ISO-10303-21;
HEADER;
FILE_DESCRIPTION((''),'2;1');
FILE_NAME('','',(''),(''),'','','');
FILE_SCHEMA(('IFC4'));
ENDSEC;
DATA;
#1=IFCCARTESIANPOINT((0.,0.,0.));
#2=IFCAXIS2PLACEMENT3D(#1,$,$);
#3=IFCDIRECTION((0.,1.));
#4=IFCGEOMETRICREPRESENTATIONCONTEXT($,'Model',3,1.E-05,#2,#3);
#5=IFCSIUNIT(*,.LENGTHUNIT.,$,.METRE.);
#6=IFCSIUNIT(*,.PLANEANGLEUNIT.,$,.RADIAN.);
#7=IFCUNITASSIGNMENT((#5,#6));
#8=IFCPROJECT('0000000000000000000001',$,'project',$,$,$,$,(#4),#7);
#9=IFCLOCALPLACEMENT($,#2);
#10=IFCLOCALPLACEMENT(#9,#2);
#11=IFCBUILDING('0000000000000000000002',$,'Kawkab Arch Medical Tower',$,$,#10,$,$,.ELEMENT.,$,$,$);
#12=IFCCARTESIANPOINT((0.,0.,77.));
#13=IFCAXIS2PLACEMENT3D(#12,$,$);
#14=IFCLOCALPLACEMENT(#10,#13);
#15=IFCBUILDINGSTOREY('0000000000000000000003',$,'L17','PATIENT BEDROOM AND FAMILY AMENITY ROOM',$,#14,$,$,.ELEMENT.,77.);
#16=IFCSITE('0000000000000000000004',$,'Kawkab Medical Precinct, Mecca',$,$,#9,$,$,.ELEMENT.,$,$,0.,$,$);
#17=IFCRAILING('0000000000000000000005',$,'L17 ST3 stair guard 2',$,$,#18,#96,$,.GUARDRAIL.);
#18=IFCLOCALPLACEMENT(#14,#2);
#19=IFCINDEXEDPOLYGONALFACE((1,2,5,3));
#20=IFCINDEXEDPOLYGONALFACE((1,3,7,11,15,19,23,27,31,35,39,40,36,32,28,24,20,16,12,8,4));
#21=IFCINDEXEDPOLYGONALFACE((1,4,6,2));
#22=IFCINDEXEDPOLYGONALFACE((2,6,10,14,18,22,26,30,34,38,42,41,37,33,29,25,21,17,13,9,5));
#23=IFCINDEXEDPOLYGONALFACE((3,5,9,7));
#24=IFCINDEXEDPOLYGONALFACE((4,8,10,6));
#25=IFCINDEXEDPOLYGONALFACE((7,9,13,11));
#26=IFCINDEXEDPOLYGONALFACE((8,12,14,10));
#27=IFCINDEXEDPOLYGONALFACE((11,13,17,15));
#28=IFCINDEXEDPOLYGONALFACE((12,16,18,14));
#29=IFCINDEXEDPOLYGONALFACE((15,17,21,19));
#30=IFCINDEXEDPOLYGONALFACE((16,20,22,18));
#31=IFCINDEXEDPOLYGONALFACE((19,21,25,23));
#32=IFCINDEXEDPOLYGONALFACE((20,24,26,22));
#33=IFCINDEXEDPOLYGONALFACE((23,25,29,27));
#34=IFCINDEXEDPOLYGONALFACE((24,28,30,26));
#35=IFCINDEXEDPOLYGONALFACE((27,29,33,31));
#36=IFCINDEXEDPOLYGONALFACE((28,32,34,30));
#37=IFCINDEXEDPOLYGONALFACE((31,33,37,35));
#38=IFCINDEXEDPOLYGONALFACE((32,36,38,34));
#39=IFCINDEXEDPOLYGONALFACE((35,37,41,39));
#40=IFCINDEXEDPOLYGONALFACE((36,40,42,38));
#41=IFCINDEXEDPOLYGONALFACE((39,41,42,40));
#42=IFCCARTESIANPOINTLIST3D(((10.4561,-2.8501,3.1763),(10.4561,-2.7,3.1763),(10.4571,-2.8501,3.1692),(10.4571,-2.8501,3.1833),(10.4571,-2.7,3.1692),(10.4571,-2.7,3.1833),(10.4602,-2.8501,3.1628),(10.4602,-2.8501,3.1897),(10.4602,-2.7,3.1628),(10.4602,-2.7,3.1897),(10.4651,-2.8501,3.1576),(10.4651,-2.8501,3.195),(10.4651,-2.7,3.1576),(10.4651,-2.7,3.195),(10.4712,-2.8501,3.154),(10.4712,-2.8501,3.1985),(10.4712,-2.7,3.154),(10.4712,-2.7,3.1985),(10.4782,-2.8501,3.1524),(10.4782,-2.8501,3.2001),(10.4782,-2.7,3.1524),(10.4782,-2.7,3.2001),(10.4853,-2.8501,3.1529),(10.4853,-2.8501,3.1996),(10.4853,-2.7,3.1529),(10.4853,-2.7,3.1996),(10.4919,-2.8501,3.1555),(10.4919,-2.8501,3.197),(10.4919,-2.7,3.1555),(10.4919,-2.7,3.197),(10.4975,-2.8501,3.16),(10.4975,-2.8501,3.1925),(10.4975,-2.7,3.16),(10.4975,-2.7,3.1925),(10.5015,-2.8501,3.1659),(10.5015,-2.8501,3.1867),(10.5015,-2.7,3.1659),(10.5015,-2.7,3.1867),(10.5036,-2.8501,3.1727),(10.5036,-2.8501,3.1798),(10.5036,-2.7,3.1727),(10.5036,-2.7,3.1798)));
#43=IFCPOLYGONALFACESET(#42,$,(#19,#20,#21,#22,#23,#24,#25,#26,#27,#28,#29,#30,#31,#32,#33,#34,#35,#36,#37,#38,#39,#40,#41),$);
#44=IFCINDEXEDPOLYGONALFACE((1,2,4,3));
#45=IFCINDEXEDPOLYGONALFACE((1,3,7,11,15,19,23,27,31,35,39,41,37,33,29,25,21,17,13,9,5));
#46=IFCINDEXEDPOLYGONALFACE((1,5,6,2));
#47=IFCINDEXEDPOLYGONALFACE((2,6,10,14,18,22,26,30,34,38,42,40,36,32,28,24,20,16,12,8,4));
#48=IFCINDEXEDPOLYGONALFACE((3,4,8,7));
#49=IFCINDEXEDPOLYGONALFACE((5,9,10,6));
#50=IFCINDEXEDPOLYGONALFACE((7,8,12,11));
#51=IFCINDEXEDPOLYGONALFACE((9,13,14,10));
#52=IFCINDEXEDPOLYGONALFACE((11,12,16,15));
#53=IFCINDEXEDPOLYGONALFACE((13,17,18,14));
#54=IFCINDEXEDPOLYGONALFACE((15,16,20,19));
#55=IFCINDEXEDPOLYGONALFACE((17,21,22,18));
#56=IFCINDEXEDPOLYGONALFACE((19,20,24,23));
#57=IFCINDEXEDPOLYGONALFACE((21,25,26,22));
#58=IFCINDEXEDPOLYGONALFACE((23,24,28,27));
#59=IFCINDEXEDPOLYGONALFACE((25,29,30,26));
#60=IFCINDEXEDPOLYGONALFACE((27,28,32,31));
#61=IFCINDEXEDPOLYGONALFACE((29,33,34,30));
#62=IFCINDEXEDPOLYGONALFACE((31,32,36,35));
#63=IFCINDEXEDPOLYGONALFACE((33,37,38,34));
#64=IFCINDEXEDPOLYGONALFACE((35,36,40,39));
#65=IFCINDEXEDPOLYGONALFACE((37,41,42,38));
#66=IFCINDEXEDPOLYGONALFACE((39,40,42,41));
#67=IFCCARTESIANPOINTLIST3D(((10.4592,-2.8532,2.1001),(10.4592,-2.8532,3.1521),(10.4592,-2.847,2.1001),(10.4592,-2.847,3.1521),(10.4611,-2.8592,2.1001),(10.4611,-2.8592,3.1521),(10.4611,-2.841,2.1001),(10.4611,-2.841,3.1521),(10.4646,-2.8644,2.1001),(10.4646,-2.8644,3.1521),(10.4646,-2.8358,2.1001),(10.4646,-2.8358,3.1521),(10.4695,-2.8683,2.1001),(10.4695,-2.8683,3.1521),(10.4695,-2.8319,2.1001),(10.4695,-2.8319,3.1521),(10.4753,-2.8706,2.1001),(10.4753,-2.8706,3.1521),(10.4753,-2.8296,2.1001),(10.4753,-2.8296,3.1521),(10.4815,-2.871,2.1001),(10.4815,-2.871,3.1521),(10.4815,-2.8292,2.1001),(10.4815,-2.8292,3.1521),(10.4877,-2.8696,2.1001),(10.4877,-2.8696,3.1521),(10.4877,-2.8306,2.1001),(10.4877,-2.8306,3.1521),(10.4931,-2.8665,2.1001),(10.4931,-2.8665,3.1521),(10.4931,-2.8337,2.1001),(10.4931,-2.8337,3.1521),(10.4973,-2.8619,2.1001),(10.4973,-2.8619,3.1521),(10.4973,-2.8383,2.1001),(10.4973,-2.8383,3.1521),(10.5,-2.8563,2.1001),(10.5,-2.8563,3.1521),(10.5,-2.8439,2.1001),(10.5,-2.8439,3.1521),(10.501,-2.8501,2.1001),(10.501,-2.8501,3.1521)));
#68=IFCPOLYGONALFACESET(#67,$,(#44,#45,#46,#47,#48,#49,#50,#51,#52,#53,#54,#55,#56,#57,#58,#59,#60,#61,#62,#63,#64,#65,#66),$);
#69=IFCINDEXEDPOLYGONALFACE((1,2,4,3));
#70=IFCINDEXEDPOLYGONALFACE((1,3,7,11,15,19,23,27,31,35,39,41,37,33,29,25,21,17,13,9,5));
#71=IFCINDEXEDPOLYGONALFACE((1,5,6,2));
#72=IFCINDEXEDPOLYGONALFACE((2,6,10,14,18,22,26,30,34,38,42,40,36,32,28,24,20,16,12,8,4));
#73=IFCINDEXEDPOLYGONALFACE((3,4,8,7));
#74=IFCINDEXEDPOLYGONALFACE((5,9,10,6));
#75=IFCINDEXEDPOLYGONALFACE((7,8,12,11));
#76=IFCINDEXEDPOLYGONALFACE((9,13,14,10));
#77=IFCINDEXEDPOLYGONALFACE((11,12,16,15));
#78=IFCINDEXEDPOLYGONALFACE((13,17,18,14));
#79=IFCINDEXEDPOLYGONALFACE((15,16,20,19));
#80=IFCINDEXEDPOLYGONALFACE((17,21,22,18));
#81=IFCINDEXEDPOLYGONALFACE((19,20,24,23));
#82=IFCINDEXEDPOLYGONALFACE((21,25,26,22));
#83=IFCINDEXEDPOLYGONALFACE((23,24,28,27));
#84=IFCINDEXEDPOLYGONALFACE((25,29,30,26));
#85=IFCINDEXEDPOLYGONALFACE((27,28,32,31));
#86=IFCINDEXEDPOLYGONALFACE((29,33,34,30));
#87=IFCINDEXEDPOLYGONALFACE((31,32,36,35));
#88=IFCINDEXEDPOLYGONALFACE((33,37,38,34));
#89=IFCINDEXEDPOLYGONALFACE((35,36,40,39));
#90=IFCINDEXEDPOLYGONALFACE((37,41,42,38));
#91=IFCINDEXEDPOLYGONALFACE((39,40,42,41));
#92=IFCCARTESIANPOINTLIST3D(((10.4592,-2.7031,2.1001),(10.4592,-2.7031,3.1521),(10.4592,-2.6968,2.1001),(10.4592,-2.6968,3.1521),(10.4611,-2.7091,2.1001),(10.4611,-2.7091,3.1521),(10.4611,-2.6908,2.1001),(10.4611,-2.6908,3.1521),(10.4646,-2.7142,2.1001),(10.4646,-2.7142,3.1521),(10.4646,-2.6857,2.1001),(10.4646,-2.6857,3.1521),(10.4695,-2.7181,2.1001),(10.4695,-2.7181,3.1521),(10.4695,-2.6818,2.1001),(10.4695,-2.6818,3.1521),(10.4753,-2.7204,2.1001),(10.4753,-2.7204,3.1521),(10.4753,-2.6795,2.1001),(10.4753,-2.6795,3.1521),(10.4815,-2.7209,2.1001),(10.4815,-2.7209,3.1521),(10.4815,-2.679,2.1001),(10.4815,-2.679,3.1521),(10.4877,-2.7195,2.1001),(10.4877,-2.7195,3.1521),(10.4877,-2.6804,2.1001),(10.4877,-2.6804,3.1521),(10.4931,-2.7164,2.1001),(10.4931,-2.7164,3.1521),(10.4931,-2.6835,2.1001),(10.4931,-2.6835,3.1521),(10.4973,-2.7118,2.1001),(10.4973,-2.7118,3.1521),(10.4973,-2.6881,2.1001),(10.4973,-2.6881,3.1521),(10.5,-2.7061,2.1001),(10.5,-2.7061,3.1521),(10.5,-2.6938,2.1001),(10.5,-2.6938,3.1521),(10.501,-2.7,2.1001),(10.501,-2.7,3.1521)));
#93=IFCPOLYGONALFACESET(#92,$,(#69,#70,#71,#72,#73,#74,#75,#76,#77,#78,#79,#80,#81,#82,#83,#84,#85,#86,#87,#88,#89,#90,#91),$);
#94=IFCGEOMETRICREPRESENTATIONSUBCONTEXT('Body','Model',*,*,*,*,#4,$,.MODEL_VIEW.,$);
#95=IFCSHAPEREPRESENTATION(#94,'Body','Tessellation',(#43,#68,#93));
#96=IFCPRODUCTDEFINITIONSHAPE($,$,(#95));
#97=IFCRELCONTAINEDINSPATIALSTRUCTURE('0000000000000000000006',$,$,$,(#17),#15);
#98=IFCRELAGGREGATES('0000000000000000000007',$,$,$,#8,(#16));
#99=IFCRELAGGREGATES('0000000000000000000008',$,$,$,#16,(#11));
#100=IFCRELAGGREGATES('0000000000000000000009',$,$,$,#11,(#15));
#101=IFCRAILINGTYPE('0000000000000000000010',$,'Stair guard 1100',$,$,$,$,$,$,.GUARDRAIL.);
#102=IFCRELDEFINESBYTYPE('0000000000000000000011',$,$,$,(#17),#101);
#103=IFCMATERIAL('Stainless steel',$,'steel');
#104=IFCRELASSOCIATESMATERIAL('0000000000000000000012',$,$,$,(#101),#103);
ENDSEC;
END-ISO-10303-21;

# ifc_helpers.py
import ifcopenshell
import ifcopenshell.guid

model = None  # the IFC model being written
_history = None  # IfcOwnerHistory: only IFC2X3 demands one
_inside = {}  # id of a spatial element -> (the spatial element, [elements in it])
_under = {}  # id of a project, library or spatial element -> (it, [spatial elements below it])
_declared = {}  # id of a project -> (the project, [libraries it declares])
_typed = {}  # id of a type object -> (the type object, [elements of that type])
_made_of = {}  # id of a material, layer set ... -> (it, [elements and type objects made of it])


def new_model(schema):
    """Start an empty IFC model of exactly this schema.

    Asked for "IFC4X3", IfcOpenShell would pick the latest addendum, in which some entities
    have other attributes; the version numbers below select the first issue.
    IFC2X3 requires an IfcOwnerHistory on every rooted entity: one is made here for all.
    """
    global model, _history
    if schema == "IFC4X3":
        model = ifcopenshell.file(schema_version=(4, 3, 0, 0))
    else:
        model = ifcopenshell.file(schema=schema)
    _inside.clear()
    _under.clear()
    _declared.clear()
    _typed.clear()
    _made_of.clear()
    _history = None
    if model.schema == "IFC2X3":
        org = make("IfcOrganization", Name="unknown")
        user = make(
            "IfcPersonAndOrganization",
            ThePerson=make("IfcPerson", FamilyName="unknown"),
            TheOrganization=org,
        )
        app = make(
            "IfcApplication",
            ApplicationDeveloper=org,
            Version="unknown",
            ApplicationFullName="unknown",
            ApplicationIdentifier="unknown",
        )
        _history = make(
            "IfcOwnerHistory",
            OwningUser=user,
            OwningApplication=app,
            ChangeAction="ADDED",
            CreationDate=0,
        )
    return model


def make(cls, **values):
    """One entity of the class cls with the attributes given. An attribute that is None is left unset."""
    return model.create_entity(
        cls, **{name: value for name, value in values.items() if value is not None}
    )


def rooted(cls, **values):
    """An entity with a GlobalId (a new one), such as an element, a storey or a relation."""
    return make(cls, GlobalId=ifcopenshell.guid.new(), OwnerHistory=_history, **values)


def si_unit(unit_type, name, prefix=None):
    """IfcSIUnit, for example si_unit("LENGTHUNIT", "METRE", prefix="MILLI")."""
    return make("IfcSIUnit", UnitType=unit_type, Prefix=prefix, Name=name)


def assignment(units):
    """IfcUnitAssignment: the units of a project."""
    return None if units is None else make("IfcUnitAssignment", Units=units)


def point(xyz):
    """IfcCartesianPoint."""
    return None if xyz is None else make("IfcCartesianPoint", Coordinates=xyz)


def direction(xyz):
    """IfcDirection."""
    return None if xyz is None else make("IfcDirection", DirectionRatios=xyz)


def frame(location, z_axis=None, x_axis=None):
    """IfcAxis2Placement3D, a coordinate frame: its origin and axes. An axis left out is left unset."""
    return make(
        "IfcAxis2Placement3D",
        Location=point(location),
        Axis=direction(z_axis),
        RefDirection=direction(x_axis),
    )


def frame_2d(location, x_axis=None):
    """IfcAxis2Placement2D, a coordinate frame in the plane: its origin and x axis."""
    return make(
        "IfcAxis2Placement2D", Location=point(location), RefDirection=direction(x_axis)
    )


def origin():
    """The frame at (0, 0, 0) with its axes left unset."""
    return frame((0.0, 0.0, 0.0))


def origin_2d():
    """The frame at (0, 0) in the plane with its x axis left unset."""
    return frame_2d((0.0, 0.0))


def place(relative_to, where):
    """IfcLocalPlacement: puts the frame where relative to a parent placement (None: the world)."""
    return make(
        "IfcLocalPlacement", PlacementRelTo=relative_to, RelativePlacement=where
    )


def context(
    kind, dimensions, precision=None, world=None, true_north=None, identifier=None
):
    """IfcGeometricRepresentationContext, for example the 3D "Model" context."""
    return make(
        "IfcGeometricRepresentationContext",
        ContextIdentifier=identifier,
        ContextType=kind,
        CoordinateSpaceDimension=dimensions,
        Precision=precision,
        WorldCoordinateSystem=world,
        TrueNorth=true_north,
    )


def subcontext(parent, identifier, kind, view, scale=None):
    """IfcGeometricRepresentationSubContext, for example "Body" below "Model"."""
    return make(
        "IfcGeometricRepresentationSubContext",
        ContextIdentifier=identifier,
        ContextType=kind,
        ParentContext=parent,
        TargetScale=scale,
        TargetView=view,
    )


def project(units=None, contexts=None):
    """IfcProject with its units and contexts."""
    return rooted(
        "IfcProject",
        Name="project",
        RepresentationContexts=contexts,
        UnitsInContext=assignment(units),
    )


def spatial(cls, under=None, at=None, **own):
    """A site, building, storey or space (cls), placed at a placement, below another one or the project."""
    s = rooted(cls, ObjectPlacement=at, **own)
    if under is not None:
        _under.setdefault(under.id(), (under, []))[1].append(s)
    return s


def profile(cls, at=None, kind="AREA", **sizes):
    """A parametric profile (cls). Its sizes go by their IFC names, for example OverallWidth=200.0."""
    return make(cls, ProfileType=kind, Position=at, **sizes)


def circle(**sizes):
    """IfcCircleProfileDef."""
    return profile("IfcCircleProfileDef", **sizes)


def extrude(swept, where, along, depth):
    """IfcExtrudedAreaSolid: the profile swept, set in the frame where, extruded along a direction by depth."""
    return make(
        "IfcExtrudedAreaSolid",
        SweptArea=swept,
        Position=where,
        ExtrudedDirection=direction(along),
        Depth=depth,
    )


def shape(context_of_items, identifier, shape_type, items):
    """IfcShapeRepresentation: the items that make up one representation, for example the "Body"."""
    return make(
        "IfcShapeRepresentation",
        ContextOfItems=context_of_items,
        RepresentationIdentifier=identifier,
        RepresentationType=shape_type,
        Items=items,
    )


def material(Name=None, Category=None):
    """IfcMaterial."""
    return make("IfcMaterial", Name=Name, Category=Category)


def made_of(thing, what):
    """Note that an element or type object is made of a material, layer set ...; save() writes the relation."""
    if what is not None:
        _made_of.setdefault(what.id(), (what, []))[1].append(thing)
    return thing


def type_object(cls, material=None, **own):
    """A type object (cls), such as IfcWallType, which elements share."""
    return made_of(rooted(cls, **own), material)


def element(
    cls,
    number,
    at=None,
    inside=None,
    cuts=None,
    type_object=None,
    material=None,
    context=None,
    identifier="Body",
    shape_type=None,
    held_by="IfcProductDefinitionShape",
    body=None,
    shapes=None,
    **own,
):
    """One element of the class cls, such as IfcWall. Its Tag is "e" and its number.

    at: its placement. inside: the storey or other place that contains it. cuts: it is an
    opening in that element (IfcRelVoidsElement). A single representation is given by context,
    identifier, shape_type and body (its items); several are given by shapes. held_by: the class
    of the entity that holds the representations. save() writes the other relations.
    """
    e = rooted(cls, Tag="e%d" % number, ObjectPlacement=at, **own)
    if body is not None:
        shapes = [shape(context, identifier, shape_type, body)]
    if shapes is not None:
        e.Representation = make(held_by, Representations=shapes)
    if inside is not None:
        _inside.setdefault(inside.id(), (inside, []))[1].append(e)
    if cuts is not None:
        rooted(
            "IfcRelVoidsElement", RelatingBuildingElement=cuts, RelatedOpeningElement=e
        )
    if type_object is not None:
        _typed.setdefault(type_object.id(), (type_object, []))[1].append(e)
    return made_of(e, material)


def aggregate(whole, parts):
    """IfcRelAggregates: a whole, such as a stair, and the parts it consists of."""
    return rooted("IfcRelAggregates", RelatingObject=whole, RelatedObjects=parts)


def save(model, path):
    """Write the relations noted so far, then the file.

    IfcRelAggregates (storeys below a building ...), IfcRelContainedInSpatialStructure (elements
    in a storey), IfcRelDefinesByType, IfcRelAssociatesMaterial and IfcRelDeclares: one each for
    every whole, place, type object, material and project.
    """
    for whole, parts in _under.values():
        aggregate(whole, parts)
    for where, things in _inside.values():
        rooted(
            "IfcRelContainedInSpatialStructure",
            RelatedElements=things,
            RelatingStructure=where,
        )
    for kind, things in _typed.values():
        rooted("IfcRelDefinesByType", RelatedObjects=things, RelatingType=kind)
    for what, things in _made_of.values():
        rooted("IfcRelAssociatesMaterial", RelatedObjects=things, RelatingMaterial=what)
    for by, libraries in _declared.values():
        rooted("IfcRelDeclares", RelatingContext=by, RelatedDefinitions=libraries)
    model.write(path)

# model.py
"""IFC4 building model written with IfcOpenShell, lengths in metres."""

from ifc_helpers import new_model, si_unit, direction, frame, origin, origin_2d, place, context, subcontext, project, spatial, circle, extrude, material, type_object, element, save


model = new_model("IFC4")

# Units and contexts
model_context = context("Model", 3, precision=1e-05, world=origin(), true_north=direction((0.0, 1.0)))
body_context = subcontext(model_context, "Body", "Model", "MODEL_VIEW")
ifc_project = project(units=[si_unit("LENGTHUNIT", "METRE"), si_unit("PLANEANGLEUNIT", "RADIAN")], contexts=[model_context])

# Site, building, storey
site_placement = place(None, origin())
site = spatial("IfcSite", under=ifc_project, at=site_placement, Name="Kawkab Medical Precinct, Mecca", CompositionType="ELEMENT", RefElevation=0.0)
building_placement = place(site_placement, origin())
building = spatial("IfcBuilding", under=site, at=building_placement, Name="Kawkab Arch Medical Tower", CompositionType="ELEMENT")
storey_placement = place(building_placement, frame((0.0, 0.0, 77.0)))
storey = spatial("IfcBuildingStorey", under=building, at=storey_placement, Name="L17", Description="PATIENT BEDROOM AND FAMILY AMENITY ROOM", CompositionType="ELEMENT", Elevation=77.0)

# Railing
ifc_material_1 = material(Name="Stainless steel", Category="steel")
railing_type_1 = type_object("IfcRailingType", Name="Stair guard 1100", PredefinedType="GUARDRAIL", material=ifc_material_1)
railing_1_placement = place(storey_placement, frame((10.48, -2.8501, 2.1001)))
element("IfcRailing", 1, at=railing_1_placement, inside=storey, type_object=railing_type_1, Name="L17 ST3 stair guard 2", PredefinedType="GUARDRAIL", context=body_context, shape_type="SweptSolid", body=[
    extrude(circle(Radius=0.0239, at=origin_2d()), frame((0.0, 0.0, 1.0762), z_axis=(0.0, 1.0, 0.0), x_axis=(-1.0, 0.0, 0.0)), (0.0, 0.0, 1.0), 0.1501),
    extrude(circle(Radius=0.021, at=origin_2d()), origin(), (0.0, 0.0, 1.0), 1.052),
    extrude(circle(Radius=0.021, at=origin_2d()), frame((0.0, 0.1501, 0.0)), (0.0, 0.0, 1.0), 1.052),
])

save(model, "model.ifc")
